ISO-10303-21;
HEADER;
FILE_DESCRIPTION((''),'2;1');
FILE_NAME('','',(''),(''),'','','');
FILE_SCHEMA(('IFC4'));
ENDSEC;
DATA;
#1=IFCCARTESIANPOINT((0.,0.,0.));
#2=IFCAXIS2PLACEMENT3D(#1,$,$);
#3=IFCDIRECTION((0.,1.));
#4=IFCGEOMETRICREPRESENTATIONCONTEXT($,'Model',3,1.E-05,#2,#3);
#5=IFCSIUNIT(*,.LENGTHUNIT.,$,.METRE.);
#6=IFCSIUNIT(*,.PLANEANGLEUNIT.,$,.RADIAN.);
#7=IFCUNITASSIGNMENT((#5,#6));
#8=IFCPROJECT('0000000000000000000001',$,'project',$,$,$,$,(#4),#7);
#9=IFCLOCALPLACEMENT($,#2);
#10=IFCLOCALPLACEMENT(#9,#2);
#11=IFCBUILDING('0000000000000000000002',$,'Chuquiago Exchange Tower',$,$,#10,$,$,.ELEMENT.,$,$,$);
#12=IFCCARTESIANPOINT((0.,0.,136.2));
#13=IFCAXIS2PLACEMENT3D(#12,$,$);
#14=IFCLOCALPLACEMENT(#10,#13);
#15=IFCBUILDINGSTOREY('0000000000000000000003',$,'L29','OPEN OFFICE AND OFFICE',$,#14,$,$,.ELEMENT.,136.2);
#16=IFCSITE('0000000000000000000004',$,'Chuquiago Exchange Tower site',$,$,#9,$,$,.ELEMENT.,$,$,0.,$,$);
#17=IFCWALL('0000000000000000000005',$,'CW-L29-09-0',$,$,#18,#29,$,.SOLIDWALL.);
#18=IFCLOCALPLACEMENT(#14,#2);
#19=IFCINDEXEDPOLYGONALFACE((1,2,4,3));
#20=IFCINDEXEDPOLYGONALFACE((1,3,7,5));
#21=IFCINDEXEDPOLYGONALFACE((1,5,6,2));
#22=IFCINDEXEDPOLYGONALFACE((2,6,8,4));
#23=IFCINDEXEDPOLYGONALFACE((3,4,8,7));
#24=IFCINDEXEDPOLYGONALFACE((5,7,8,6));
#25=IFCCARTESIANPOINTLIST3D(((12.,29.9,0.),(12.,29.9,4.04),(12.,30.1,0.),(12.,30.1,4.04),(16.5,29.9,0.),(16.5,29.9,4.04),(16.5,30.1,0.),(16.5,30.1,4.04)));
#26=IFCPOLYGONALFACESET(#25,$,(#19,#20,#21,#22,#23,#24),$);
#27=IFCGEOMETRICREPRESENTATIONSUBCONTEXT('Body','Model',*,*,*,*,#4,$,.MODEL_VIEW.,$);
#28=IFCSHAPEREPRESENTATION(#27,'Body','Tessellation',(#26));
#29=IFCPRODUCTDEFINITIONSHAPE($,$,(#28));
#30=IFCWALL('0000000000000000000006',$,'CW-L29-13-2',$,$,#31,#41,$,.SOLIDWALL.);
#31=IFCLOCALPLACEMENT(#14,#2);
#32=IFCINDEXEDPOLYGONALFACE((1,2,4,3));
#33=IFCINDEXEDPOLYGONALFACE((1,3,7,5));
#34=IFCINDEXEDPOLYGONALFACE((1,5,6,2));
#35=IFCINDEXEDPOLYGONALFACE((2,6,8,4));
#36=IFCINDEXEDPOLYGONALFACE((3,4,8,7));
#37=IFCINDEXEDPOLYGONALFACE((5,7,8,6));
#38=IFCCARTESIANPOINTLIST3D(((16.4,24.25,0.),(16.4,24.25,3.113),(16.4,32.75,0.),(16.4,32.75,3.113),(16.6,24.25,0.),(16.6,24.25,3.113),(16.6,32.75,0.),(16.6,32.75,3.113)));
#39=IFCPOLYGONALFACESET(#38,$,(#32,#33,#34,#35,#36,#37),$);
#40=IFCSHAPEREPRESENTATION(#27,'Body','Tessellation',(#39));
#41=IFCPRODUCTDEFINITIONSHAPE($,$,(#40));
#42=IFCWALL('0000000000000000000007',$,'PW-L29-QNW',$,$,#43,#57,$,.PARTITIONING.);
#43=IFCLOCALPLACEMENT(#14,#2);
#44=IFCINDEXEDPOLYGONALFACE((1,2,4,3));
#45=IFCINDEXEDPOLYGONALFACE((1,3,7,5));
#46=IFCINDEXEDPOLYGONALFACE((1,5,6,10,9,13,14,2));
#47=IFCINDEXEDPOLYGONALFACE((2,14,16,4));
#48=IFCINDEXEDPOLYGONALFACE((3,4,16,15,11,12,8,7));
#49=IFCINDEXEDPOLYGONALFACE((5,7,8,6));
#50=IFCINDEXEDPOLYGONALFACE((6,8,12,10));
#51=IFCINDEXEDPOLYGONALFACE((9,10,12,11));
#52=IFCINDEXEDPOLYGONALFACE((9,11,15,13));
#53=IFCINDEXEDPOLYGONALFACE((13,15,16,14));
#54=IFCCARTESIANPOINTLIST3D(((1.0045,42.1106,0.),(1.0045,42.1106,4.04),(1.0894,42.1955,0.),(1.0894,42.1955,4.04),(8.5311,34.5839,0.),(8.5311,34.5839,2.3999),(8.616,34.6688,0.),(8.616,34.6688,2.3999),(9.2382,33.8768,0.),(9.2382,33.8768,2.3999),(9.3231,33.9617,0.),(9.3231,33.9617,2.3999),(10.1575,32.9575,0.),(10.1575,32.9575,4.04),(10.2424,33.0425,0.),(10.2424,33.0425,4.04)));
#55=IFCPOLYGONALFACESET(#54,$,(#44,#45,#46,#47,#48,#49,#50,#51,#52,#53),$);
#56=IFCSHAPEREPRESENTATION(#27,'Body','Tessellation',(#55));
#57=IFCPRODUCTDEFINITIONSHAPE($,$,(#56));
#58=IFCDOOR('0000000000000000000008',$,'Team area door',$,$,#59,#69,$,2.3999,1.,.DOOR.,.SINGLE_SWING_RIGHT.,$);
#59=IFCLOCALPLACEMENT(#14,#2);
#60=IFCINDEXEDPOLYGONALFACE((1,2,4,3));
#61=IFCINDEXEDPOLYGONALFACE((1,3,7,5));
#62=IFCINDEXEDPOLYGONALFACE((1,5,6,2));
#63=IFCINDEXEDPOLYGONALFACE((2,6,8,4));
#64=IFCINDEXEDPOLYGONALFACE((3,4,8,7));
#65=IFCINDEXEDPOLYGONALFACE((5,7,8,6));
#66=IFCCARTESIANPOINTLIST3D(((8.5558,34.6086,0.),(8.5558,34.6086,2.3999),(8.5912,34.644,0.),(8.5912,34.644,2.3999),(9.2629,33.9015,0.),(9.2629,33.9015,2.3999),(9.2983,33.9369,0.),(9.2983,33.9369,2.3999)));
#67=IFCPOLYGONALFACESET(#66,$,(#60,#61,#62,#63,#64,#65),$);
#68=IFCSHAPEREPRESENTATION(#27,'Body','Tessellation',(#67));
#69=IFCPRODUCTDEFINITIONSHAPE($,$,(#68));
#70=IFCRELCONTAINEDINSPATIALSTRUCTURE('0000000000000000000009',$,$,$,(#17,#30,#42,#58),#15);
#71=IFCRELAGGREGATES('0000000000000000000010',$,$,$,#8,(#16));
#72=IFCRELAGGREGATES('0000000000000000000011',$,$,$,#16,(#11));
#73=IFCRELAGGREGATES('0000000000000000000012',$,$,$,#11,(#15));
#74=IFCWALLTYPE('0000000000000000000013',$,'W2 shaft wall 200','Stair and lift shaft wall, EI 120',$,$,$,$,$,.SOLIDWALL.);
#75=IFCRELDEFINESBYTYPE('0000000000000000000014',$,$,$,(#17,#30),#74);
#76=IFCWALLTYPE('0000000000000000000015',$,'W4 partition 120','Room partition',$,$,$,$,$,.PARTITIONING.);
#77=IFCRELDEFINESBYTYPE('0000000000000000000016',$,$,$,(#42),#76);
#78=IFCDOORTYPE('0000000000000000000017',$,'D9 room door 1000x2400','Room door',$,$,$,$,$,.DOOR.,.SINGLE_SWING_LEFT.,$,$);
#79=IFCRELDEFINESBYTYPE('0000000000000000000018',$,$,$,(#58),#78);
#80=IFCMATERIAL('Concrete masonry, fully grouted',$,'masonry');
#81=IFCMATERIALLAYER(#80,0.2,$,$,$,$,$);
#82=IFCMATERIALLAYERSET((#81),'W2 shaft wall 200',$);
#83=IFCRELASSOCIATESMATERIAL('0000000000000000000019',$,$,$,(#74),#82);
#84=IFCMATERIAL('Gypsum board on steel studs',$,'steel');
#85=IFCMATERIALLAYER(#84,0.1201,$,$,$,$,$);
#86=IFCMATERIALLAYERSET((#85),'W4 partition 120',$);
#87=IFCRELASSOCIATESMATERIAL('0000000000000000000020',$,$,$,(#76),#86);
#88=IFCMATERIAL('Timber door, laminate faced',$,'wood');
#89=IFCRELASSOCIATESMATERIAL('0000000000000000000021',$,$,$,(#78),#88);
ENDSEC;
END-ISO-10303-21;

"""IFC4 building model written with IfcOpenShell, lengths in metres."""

from ifc_helpers import new_model, si_unit, direction, frame, frame_2d, origin, place, context, subcontext, project, spatial, rectangle, extrude, material, layer, layer_set, type_object, element, fill, save


model = new_model("IFC4")

# Units and contexts
model_context = context("Model", 3, precision=1e-05, world=origin(), true_north=direction((0.0, 1.0)))
body_context = subcontext(model_context, "Body", "Model", "MODEL_VIEW")
ifc_project = project(units=[si_unit("LENGTHUNIT", "METRE"), si_unit("PLANEANGLEUNIT", "RADIAN")], contexts=[model_context])

# Site, building, storey
site_placement = place(None, origin())
site = spatial("IfcSite", under=ifc_project, at=site_placement, Name="Chuquiago Exchange Tower site", CompositionType="ELEMENT", RefElevation=0.0)
building_placement = place(site_placement, origin())
building = spatial("IfcBuilding", under=site, at=building_placement, Name="Chuquiago Exchange Tower", CompositionType="ELEMENT")
storey_placement = place(building_placement, frame((0.0, 0.0, 136.2)))
storey = spatial("IfcBuildingStorey", under=building, at=storey_placement, Name="L29", Description="OPEN OFFICE AND OFFICE", CompositionType="ELEMENT", Elevation=136.2)

# Shared definitions
ifc_material_1 = material(Name="Concrete masonry, fully grouted", Category="masonry")
ifc_layer_1 = layer(ifc_material_1, 0.2)
ifc_layer_set_1 = layer_set([ifc_layer_1], Name="W2 shaft wall 200")
wall_type_1 = type_object("IfcWallType", Name="W2 shaft wall 200", Description="Stair and lift shaft wall, EI 120", PredefinedType="SOLIDWALL", material=ifc_layer_set_1)

# Walls
wall_1_placement = place(storey_placement, frame((12.0, 30.0, 0.0), z_axis=(0.0, 0.0, 1.0), x_axis=(1.0, 0.0, 0.0)))
element("IfcWall", 1, at=wall_1_placement, inside=storey, type_object=wall_type_1, Name="CW-L29-09-0", PredefinedType="SOLIDWALL", context=body_context, shape_type="SweptSolid", body=[
    extrude(rectangle(XDim=4.5, YDim=0.2, at=frame_2d((2.25, 0.0))), origin(), (0.0, 0.0, 1.0), 4.04),
])
wall_2_placement = place(storey_placement, frame((16.5, 24.25, 0.0), z_axis=(0.0, 0.0, 1.0), x_axis=(0.0, 1.0, 0.0)))
element("IfcWall", 2, at=wall_2_placement, inside=storey, type_object=wall_type_1, Name="CW-L29-13-2", PredefinedType="SOLIDWALL", context=body_context, shape_type="SweptSolid", body=[
    extrude(rectangle(XDim=8.5, YDim=0.2, at=frame_2d((4.25, 0.0))), origin(), (0.0, 0.0, 1.0), 3.113),
])

# Wall, opening, door
ifc_material_2 = material(Name="Gypsum board on steel studs", Category="steel")
ifc_layer_2 = layer(ifc_material_2, 0.1201)
ifc_layer_set_2 = layer_set([ifc_layer_2], Name="W4 partition 120")
wall_type_2 = type_object("IfcWallType", Name="W4 partition 120", Description="Room partition", PredefinedType="PARTITIONING", material=ifc_layer_set_2)
ifc_material_3 = material(Name="Timber door, laminate faced", Category="wood")
door_type_1 = type_object("IfcDoorType", Name="D9 room door 1000x2400", Description="Room door", OperationType="SINGLE_SWING_LEFT", PredefinedType="DOOR", material=ifc_material_3)
wall_3_placement = place(storey_placement, frame((10.2, 33.0, 0.0), z_axis=(0.0, 0.0, 1.0), x_axis=(-0.707107, 0.707107, 0.0)))
wall_3 = element("IfcWall", 3, at=wall_3_placement, inside=storey, type_object=wall_type_2, Name="PW-L29-QNW", PredefinedType="PARTITIONING", context=body_context, shape_type="SweptSolid", body=[
    extrude(rectangle(XDim=12.9443, YDim=0.1201, at=frame_2d((6.4722, 0.0))), origin(), (0.0, 0.0, 1.0), 4.04),
])
opening_1_placement = place(wall_3_placement, frame((1.3, 0.0, 0.0)))
opening_1 = element("IfcOpeningElement", 4, at=opening_1_placement, cuts=wall_3, PredefinedType="OPENING", context=body_context, shape_type="SweptSolid", body=[
    extrude(rectangle(XDim=1.0, YDim=2.3999, at=frame_2d((0.5, 1.2))), frame((0.0, 0.0701, 0.0), z_axis=(0.0, -1.0, 0.0), x_axis=(1.0, 0.0, 0.0)), (0.0, 0.0, 1.0), 0.1401),
])
door_1_placement = place(opening_1_placement, frame((1.0, 0.0, 0.0), z_axis=(0.0, 0.0, 1.0), x_axis=(-1.0, 0.0, 0.0)))
door_1 = element("IfcDoor", 5, at=door_1_placement, inside=storey, type_object=door_type_1, Name="Team area door", OperationType="SINGLE_SWING_RIGHT", OverallHeight=2.3999, OverallWidth=1.0, PredefinedType="DOOR", context=body_context, shape_type="SweptSolid", body=[
    extrude(rectangle(XDim=1.0, YDim=2.3999, at=frame_2d((0.5, 1.2))), frame((0.0, 0.0249, 0.0), z_axis=(0.0, -1.0, 0.0), x_axis=(1.0, 0.0, 0.0)), (0.0, 0.0, 1.0), 0.05),
])
fill(opening_1, door_1)

save(model, "model.ifc")
